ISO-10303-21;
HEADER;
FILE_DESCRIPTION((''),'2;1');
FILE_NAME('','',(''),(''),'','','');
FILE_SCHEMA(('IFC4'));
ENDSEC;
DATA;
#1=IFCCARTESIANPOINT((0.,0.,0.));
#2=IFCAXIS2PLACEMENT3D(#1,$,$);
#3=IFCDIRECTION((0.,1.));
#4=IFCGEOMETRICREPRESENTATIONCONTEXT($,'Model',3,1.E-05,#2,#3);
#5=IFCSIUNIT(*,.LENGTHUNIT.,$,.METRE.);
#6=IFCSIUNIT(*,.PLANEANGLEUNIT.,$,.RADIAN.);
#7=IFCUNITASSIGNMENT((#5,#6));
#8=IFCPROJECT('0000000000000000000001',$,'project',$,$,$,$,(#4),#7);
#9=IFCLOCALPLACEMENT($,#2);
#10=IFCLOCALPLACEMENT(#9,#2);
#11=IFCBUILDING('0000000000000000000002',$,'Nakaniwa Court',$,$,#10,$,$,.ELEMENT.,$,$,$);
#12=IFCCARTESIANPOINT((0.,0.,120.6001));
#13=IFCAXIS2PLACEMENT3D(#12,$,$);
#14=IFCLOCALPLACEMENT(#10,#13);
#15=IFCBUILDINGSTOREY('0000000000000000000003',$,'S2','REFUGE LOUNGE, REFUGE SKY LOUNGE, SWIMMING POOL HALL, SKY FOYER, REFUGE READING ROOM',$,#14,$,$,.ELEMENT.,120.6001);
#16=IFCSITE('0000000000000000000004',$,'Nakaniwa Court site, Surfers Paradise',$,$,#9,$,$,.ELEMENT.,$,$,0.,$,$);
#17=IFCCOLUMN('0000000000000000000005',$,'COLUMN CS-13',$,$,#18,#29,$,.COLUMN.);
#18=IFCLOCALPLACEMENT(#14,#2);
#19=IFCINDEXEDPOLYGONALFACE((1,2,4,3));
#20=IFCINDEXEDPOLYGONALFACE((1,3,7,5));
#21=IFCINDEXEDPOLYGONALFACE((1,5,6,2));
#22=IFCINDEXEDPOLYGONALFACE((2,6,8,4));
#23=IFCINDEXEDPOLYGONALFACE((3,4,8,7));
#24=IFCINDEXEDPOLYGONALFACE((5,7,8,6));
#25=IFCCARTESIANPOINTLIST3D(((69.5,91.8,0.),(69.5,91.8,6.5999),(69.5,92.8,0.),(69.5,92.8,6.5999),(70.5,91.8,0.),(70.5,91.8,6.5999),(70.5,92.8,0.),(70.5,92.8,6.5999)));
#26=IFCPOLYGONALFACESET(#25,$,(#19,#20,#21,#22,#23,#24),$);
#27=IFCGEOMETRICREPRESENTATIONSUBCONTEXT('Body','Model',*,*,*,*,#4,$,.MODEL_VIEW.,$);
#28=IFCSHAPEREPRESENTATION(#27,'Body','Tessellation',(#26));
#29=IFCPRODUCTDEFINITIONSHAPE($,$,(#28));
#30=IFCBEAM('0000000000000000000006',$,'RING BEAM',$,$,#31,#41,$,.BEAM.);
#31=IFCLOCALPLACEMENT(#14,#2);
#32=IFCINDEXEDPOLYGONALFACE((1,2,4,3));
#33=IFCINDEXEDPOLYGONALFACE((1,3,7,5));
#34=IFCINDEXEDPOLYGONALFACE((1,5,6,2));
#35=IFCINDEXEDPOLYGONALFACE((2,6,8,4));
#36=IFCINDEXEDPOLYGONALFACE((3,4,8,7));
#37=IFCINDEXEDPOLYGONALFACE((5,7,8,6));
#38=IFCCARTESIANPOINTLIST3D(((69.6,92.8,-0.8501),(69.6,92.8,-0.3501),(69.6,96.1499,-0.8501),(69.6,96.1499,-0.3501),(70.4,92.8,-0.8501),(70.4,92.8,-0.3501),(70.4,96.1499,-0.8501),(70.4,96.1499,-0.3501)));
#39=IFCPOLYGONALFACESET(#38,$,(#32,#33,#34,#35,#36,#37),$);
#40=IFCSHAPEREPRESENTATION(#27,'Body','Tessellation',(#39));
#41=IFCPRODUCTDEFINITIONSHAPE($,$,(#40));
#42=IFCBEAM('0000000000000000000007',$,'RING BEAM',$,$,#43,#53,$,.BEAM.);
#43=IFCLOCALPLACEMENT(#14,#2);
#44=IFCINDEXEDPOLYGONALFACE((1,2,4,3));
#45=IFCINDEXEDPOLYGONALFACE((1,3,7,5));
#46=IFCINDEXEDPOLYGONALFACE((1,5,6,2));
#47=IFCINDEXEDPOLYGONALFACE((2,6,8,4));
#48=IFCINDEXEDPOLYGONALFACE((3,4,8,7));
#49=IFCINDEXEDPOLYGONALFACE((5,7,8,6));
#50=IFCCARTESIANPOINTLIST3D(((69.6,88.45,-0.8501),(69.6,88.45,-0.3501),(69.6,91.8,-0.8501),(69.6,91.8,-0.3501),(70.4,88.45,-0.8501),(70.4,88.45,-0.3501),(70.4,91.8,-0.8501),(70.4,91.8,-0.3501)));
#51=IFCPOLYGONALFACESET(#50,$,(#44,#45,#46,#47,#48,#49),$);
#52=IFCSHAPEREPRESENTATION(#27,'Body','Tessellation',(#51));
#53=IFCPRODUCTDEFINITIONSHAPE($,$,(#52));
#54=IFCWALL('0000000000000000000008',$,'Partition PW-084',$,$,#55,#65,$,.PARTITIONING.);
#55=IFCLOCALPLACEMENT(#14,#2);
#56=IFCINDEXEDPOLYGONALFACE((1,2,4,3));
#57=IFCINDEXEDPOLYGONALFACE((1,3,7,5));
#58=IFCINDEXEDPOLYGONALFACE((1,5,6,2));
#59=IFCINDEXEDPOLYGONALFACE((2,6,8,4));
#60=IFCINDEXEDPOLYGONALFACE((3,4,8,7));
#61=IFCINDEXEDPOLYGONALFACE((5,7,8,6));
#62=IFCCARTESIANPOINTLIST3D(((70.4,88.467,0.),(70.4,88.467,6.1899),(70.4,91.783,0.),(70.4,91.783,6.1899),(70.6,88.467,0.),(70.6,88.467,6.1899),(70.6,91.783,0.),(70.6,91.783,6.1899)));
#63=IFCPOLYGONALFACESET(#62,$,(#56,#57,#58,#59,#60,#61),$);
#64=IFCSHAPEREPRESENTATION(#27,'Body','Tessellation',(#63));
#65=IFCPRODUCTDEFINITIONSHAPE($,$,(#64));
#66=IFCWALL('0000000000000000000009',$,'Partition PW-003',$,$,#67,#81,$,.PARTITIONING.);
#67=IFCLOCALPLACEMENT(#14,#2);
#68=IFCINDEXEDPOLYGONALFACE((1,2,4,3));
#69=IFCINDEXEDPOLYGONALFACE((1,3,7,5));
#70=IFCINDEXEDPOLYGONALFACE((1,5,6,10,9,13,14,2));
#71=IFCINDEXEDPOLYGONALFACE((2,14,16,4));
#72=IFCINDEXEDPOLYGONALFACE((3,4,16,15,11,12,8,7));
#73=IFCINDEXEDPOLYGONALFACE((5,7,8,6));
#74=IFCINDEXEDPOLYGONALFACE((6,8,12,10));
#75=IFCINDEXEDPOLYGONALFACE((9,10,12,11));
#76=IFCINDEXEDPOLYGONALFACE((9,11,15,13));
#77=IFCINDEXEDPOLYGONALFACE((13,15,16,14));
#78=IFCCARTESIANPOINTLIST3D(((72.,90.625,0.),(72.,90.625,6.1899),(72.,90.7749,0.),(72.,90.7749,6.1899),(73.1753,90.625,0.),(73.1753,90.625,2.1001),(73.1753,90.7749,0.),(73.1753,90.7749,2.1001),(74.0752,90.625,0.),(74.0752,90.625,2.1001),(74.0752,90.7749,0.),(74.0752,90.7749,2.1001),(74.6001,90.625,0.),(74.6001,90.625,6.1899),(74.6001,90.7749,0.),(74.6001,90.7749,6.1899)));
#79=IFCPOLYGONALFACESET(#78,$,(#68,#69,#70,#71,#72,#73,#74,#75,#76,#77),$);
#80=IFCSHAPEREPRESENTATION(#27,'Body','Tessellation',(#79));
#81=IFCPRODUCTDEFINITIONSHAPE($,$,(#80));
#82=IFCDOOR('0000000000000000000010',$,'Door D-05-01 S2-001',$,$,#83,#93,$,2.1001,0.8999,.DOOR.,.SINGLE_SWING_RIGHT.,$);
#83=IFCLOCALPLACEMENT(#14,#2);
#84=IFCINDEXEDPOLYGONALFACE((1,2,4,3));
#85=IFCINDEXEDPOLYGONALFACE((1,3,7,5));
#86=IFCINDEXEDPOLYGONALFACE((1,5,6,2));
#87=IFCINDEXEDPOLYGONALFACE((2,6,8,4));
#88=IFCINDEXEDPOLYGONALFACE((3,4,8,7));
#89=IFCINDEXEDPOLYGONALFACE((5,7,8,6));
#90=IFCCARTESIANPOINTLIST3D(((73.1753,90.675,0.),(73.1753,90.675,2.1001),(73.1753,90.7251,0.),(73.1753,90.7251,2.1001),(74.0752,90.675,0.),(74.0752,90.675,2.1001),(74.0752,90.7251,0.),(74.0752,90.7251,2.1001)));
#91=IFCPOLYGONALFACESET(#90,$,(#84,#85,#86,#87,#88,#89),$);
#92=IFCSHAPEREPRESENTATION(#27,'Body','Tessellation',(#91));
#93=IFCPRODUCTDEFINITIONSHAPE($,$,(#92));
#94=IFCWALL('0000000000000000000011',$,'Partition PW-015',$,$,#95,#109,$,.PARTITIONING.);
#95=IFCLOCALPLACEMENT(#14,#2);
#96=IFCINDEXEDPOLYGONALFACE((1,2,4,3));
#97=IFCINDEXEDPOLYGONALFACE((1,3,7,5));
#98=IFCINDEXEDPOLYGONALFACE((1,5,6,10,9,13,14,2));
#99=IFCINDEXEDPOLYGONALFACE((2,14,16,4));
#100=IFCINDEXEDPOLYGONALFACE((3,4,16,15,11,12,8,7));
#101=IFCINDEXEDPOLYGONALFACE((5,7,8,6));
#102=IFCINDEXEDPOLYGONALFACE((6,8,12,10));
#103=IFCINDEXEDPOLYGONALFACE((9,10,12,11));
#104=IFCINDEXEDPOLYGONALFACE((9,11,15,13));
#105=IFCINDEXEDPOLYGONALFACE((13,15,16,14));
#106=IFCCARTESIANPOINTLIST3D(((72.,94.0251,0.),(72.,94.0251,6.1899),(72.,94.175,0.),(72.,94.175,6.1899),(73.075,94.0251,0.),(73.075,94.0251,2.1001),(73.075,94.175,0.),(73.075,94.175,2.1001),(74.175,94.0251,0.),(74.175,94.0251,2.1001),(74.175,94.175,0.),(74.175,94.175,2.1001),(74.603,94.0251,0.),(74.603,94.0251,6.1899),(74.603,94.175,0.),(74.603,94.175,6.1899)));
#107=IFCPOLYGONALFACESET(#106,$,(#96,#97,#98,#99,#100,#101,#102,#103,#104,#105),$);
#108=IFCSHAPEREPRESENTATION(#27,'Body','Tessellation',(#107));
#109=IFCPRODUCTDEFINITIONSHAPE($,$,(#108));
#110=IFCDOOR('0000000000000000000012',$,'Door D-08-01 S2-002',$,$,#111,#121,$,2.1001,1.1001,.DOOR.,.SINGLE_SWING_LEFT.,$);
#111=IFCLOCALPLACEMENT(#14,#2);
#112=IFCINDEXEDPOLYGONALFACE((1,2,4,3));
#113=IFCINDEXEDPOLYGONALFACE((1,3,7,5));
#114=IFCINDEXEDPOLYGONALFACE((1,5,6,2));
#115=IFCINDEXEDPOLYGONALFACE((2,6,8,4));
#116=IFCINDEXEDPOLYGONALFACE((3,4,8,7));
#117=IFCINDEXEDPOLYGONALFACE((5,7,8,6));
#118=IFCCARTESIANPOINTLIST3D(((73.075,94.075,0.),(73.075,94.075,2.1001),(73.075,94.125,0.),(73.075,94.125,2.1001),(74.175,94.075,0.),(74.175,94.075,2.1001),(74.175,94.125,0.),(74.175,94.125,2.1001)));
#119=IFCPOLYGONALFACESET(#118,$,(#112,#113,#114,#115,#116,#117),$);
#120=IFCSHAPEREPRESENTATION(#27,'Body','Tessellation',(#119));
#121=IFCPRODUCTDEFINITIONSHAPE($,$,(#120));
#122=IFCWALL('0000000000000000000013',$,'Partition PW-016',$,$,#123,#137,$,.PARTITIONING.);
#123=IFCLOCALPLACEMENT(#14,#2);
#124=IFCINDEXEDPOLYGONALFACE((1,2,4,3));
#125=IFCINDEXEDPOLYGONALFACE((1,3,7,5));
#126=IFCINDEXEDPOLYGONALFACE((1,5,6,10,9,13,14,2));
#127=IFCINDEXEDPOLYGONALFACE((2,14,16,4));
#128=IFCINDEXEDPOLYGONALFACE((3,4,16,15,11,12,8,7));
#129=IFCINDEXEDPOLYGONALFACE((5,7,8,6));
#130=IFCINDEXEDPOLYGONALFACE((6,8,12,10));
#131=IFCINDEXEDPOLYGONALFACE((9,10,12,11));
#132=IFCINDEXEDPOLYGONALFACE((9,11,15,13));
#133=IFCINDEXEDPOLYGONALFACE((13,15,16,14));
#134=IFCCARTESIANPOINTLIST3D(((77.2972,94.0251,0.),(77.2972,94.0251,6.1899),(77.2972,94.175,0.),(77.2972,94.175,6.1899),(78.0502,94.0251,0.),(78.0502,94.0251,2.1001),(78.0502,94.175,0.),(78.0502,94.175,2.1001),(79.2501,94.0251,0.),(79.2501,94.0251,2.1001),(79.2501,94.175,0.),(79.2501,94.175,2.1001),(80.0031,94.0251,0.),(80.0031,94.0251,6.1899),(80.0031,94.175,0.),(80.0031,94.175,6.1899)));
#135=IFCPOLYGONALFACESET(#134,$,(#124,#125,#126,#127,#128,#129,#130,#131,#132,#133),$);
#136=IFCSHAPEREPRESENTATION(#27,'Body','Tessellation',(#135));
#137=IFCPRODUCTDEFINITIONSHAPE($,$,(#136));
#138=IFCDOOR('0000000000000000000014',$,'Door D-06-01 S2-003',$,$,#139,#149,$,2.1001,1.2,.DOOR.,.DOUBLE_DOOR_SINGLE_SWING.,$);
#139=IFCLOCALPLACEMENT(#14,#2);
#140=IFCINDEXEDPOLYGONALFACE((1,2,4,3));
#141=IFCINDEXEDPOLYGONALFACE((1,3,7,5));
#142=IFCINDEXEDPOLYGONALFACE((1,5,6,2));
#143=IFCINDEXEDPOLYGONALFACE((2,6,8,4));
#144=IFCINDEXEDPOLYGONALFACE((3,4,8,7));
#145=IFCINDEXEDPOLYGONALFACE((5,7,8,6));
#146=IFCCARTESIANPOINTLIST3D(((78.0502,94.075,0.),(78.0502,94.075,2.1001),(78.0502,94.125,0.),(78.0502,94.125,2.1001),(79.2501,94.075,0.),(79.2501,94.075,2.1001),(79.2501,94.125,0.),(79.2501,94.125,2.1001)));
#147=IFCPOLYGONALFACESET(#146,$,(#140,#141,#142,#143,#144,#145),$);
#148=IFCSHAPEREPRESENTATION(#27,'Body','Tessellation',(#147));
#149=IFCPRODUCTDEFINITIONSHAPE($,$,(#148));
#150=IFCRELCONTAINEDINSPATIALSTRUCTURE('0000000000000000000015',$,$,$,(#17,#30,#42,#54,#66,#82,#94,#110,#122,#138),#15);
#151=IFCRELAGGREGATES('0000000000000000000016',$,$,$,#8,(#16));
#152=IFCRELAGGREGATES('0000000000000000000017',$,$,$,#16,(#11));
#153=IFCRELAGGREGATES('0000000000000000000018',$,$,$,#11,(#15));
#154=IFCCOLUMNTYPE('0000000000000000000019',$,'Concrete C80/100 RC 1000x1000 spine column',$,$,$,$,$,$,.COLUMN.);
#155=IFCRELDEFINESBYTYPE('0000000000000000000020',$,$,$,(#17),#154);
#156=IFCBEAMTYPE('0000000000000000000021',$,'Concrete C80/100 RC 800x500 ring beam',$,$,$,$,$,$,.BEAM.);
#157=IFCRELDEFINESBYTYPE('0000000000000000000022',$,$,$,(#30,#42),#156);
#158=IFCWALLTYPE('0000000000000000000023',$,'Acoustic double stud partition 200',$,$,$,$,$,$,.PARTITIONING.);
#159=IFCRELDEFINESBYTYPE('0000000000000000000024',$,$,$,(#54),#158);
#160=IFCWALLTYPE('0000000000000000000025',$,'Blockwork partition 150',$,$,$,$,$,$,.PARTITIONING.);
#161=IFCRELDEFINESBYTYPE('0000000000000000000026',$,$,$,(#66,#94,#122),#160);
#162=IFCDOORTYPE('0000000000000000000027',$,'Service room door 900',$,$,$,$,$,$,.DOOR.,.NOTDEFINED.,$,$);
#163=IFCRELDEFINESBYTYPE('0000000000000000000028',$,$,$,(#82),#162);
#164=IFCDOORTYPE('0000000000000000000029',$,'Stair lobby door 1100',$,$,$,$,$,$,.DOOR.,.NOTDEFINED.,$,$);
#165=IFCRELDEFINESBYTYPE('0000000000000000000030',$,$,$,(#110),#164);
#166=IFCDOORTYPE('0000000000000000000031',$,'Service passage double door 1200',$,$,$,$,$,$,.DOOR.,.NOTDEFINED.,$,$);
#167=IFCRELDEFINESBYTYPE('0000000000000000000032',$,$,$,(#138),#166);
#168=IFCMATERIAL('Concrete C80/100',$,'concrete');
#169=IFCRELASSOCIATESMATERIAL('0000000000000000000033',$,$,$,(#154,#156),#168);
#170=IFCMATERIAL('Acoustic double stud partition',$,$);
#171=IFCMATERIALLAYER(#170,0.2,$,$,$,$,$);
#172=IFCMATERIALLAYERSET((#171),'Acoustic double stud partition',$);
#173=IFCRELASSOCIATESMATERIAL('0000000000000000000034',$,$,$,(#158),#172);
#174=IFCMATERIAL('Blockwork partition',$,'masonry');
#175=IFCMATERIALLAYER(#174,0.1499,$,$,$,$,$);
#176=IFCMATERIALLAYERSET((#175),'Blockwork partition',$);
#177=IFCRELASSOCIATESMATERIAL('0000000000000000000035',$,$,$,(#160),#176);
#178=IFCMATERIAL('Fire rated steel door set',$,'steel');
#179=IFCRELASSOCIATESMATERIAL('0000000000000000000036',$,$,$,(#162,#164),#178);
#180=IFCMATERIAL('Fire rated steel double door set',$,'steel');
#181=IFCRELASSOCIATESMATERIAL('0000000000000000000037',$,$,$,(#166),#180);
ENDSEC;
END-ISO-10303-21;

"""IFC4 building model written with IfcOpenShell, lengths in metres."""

from ifc_helpers import new_model, si_unit, direction, frame, frame_2d, origin, origin_2d, place, context, subcontext, project, spatial, rectangle, extrude, material, layer, layer_set, material_profile, profile_set, type_object, element, fill, save


model = new_model("IFC4")

# Units and contexts
model_context = context("Model", 3, precision=1e-05, world=origin(), true_north=direction((0.0, 1.0)))
body_context = subcontext(model_context, "Body", "Model", "MODEL_VIEW")
ifc_project = project(units=[si_unit("LENGTHUNIT", "METRE"), si_unit("PLANEANGLEUNIT", "RADIAN")], contexts=[model_context])

# Site, building, storey
site_placement = place(None, origin())
site = spatial("IfcSite", under=ifc_project, at=site_placement, Name="Nakaniwa Court site, Surfers Paradise", CompositionType="ELEMENT", RefElevation=0.0)
building_placement = place(site_placement, origin())
building = spatial("IfcBuilding", under=site, at=building_placement, Name="Nakaniwa Court", CompositionType="ELEMENT")
storey_placement = place(building_placement, frame((0.0, 0.0, 120.6001)))
storey = spatial("IfcBuildingStorey", under=building, at=storey_placement, Name="S2", Description="REFUGE LOUNGE, REFUGE SKY LOUNGE, SWIMMING POOL HALL, SKY FOYER, REFUGE READING ROOM", CompositionType="ELEMENT", Elevation=120.6001)

# Column
ifc_material_1 = material(Name="Concrete C80/100", Category="concrete")
ifc_material_profile_1 = material_profile(ifc_material_1, rectangle(XDim=1.0, YDim=1.0, at=origin_2d()), Name="Concrete C80/100 RC 1000x1000 spine column")
ifc_profile_set_1 = profile_set([ifc_material_profile_1], Name="Concrete C80/100")
column_type = type_object("IfcColumnType", Name="Concrete C80/100 RC 1000x1000 spine column", PredefinedType="COLUMN", material=ifc_profile_set_1)
column_placement = place(storey_placement, frame((70.0, 92.3, 0.0), z_axis=(0.0, 0.0, 1.0), x_axis=(0.0, -1.0, 0.0)))
element("IfcColumn", 1, at=column_placement, inside=storey, type_object=column_type, Name="COLUMN CS-13", PredefinedType="COLUMN", context=body_context, shape_type="SweptSolid", body=[
    extrude(rectangle(XDim=1.0, YDim=1.0, at=origin_2d()), origin(), (0.0, 0.0, 1.0), 6.5999),
])

# Beams
ifc_material_profile_2 = material_profile(ifc_material_1, rectangle(XDim=0.8, YDim=0.5, at=origin_2d()), Name="Concrete C80/100 RC 800x500 ring beam")
ifc_profile_set_2 = profile_set([ifc_material_profile_2], Name="Concrete C80/100")
beam_type = type_object("IfcBeamType", Name="Concrete C80/100 RC 800x500 ring beam", PredefinedType="BEAM", material=ifc_profile_set_2)
beam_1_placement = place(storey_placement, frame((70.0, 96.1499, -0.6001), z_axis=(0.0, -1.0, 0.0), x_axis=(1.0, 0.0, 0.0)))
element("IfcBeam", 2, at=beam_1_placement, inside=storey, type_object=beam_type, Name="RING BEAM", PredefinedType="BEAM", context=body_context, shape_type="SweptSolid", body=[
    extrude(rectangle(XDim=0.8, YDim=0.5, at=origin_2d()), origin(), (0.0, 0.0, 1.0), 3.3499),
])
beam_2_placement = place(storey_placement, frame((70.0, 91.8, -0.6001), z_axis=(0.0, -1.0, 0.0), x_axis=(1.0, 0.0, 0.0)))
element("IfcBeam", 3, at=beam_2_placement, inside=storey, type_object=beam_type, Name="RING BEAM", PredefinedType="BEAM", context=body_context, shape_type="SweptSolid", body=[
    extrude(rectangle(XDim=0.8, YDim=0.5, at=origin_2d()), origin(), (0.0, 0.0, 1.0), 3.3501),
])

# Wall
ifc_material_2 = material(Name="Acoustic double stud partition")
ifc_layer_1 = layer(ifc_material_2, 0.2)
ifc_layer_set_1 = layer_set([ifc_layer_1], Name="Acoustic double stud partition")
wall_type_1 = type_object("IfcWallType", Name="Acoustic double stud partition 200", PredefinedType="PARTITIONING", material=ifc_layer_set_1)
wall_1_placement = place(storey_placement, frame((70.5, 88.467, 0.0), z_axis=(0.0, 0.0, 1.0), x_axis=(0.0, 1.0, 0.0)))
element("IfcWall", 4, at=wall_1_placement, inside=storey, type_object=wall_type_1, Name="Partition PW-084", PredefinedType="PARTITIONING", context=body_context, shape_type="SweptSolid", body=[
    extrude(rectangle(XDim=3.3159, YDim=0.2, at=frame_2d((1.658, 0.0))), origin(), (0.0, 0.0, 1.0), 6.1899),
])

# Walls, openings, doors
ifc_material_3 = material(Name="Blockwork partition", Category="masonry")
ifc_layer_2 = layer(ifc_material_3, 0.1499)
ifc_layer_set_2 = layer_set([ifc_layer_2], Name="Blockwork partition")
wall_type_2 = type_object("IfcWallType", Name="Blockwork partition 150", PredefinedType="PARTITIONING", material=ifc_layer_set_2)
wall_2_placement = place(storey_placement, frame((74.6001, 90.7, 0.0), z_axis=(0.0, 0.0, 1.0), x_axis=(-1.0, 0.0, 0.0)))
wall_2 = element("IfcWall", 5, at=wall_2_placement, inside=storey, type_object=wall_type_2, Name="Partition PW-003", PredefinedType="PARTITIONING", context=body_context, shape_type="SweptSolid", body=[
    extrude(rectangle(XDim=2.6001, YDim=0.1499, at=frame_2d((1.3, 0.0))), origin(), (0.0, 0.0, 1.0), 6.1899),
])
opening_1_placement = place(wall_2_placement, frame((0.5249, 0.0, 0.0)))
opening_1 = element("IfcOpeningElement", 6, at=opening_1_placement, cuts=wall_2, PredefinedType="OPENING", context=body_context, shape_type="SweptSolid", body=[
    extrude(rectangle(XDim=0.8999, YDim=2.1001, at=frame_2d((0.45, 1.05))), frame((0.0, 0.085, 0.0), z_axis=(0.0, -1.0, 0.0), x_axis=(1.0, 0.0, 0.0)), (0.0, 0.0, 1.0), 0.1699),
])
ifc_material_4 = material(Name="Fire rated steel door set", Category="steel")
door_type_1 = type_object("IfcDoorType", Name="Service room door 900", OperationType="NOTDEFINED", PredefinedType="DOOR", material=ifc_material_4)
door_1_placement = place(opening_1_placement, origin())
door_1 = element("IfcDoor", 7, at=door_1_placement, inside=storey, type_object=door_type_1, Name="Door D-05-01 S2-001", OperationType="SINGLE_SWING_RIGHT", OverallHeight=2.1001, OverallWidth=0.8999, PredefinedType="DOOR", context=body_context, shape_type="SweptSolid", body=[
    extrude(rectangle(XDim=0.8999, YDim=2.1001, at=frame_2d((0.45, 1.05))), frame((0.0, 0.0249, 0.0), z_axis=(0.0, -1.0, 0.0), x_axis=(1.0, 0.0, 0.0)), (0.0, 0.0, 1.0), 0.05),
])
fill(opening_1, door_1)
wall_3_placement = place(storey_placement, frame((72.0, 94.1001, 0.0), z_axis=(0.0, 0.0, 1.0), x_axis=(1.0, 0.0, 0.0)))
wall_3 = element("IfcWall", 8, at=wall_3_placement, inside=storey, type_object=wall_type_2, Name="Partition PW-015", PredefinedType="PARTITIONING", context=body_context, shape_type="SweptSolid", body=[
    extrude(rectangle(XDim=2.603, YDim=0.1499, at=frame_2d((1.3015, 0.0))), origin(), (0.0, 0.0, 1.0), 6.1899),
])
opening_2_placement = place(wall_3_placement, frame((1.075, 0.0, 0.0)))
opening_2 = element("IfcOpeningElement", 9, at=opening_2_placement, cuts=wall_3, PredefinedType="OPENING", context=body_context, shape_type="SweptSolid", body=[
    extrude(rectangle(XDim=1.1001, YDim=2.1001, at=frame_2d((0.55, 1.05))), frame((0.0, 0.085, 0.0), z_axis=(0.0, -1.0, 0.0), x_axis=(1.0, 0.0, 0.0)), (0.0, 0.0, 1.0), 0.1699),
])
door_type_2 = type_object("IfcDoorType", Name="Stair lobby door 1100", OperationType="NOTDEFINED", PredefinedType="DOOR", material=ifc_material_4)
door_2_placement = place(opening_2_placement, origin())
door_2 = element("IfcDoor", 10, at=door_2_placement, inside=storey, type_object=door_type_2, Name="Door D-08-01 S2-002", OperationType="SINGLE_SWING_LEFT", OverallHeight=2.1001, OverallWidth=1.1001, PredefinedType="DOOR", context=body_context, shape_type="SweptSolid", body=[
    extrude(rectangle(XDim=1.1001, YDim=2.1001, at=frame_2d((0.55, 1.05))), frame((0.0, 0.0249, 0.0), z_axis=(0.0, -1.0, 0.0), x_axis=(1.0, 0.0, 0.0)), (0.0, 0.0, 1.0), 0.05),
])
fill(opening_2, door_2)
wall_4_placement = place(storey_placement, frame((77.2971, 94.1001, 0.0), z_axis=(0.0, 0.0, 1.0), x_axis=(1.0, 0.0, 0.0)))
wall_4 = element("IfcWall", 11, at=wall_4_placement, inside=storey, type_object=wall_type_2, Name="Partition PW-016", PredefinedType="PARTITIONING", context=body_context, shape_type="SweptSolid", body=[
    extrude(rectangle(XDim=2.7058, YDim=0.1499, at=frame_2d((1.353, 0.0))), origin(), (0.0, 0.0, 1.0), 6.1899),
])
opening_3_placement = place(wall_4_placement, frame((0.7529, 0.0, 0.0)))
opening_3 = element("IfcOpeningElement", 12, at=opening_3_placement, cuts=wall_4, PredefinedType="OPENING", context=body_context, shape_type="SweptSolid", body=[
    extrude(rectangle(XDim=1.2, YDim=2.1001, at=frame_2d((0.6001, 1.05))), frame((0.0, 0.085, 0.0), z_axis=(0.0, -1.0, 0.0), x_axis=(1.0, 0.0, 0.0)), (0.0, 0.0, 1.0), 0.1699),
])
ifc_material_5 = material(Name="Fire rated steel double door set", Category="steel")
door_type_3 = type_object("IfcDoorType", Name="Service passage double door 1200", OperationType="NOTDEFINED", PredefinedType="DOOR", material=ifc_material_5)
door_3_placement = place(opening_3_placement, origin())
door_3 = element("IfcDoor", 13, at=door_3_placement, inside=storey, type_object=door_type_3, Name="Door D-06-01 S2-003", OperationType="DOUBLE_DOOR_SINGLE_SWING", OverallHeight=2.1001, OverallWidth=1.2, PredefinedType="DOOR", context=body_context, shape_type="SweptSolid", body=[
    extrude(rectangle(XDim=1.2, YDim=2.1001, at=frame_2d((0.6001, 1.05))), frame((0.0, 0.0249, 0.0), z_axis=(0.0, -1.0, 0.0), x_axis=(1.0, 0.0, 0.0)), (0.0, 0.0, 1.0), 0.05),
])
fill(opening_3, door_3)

save(model, "model.ifc")
